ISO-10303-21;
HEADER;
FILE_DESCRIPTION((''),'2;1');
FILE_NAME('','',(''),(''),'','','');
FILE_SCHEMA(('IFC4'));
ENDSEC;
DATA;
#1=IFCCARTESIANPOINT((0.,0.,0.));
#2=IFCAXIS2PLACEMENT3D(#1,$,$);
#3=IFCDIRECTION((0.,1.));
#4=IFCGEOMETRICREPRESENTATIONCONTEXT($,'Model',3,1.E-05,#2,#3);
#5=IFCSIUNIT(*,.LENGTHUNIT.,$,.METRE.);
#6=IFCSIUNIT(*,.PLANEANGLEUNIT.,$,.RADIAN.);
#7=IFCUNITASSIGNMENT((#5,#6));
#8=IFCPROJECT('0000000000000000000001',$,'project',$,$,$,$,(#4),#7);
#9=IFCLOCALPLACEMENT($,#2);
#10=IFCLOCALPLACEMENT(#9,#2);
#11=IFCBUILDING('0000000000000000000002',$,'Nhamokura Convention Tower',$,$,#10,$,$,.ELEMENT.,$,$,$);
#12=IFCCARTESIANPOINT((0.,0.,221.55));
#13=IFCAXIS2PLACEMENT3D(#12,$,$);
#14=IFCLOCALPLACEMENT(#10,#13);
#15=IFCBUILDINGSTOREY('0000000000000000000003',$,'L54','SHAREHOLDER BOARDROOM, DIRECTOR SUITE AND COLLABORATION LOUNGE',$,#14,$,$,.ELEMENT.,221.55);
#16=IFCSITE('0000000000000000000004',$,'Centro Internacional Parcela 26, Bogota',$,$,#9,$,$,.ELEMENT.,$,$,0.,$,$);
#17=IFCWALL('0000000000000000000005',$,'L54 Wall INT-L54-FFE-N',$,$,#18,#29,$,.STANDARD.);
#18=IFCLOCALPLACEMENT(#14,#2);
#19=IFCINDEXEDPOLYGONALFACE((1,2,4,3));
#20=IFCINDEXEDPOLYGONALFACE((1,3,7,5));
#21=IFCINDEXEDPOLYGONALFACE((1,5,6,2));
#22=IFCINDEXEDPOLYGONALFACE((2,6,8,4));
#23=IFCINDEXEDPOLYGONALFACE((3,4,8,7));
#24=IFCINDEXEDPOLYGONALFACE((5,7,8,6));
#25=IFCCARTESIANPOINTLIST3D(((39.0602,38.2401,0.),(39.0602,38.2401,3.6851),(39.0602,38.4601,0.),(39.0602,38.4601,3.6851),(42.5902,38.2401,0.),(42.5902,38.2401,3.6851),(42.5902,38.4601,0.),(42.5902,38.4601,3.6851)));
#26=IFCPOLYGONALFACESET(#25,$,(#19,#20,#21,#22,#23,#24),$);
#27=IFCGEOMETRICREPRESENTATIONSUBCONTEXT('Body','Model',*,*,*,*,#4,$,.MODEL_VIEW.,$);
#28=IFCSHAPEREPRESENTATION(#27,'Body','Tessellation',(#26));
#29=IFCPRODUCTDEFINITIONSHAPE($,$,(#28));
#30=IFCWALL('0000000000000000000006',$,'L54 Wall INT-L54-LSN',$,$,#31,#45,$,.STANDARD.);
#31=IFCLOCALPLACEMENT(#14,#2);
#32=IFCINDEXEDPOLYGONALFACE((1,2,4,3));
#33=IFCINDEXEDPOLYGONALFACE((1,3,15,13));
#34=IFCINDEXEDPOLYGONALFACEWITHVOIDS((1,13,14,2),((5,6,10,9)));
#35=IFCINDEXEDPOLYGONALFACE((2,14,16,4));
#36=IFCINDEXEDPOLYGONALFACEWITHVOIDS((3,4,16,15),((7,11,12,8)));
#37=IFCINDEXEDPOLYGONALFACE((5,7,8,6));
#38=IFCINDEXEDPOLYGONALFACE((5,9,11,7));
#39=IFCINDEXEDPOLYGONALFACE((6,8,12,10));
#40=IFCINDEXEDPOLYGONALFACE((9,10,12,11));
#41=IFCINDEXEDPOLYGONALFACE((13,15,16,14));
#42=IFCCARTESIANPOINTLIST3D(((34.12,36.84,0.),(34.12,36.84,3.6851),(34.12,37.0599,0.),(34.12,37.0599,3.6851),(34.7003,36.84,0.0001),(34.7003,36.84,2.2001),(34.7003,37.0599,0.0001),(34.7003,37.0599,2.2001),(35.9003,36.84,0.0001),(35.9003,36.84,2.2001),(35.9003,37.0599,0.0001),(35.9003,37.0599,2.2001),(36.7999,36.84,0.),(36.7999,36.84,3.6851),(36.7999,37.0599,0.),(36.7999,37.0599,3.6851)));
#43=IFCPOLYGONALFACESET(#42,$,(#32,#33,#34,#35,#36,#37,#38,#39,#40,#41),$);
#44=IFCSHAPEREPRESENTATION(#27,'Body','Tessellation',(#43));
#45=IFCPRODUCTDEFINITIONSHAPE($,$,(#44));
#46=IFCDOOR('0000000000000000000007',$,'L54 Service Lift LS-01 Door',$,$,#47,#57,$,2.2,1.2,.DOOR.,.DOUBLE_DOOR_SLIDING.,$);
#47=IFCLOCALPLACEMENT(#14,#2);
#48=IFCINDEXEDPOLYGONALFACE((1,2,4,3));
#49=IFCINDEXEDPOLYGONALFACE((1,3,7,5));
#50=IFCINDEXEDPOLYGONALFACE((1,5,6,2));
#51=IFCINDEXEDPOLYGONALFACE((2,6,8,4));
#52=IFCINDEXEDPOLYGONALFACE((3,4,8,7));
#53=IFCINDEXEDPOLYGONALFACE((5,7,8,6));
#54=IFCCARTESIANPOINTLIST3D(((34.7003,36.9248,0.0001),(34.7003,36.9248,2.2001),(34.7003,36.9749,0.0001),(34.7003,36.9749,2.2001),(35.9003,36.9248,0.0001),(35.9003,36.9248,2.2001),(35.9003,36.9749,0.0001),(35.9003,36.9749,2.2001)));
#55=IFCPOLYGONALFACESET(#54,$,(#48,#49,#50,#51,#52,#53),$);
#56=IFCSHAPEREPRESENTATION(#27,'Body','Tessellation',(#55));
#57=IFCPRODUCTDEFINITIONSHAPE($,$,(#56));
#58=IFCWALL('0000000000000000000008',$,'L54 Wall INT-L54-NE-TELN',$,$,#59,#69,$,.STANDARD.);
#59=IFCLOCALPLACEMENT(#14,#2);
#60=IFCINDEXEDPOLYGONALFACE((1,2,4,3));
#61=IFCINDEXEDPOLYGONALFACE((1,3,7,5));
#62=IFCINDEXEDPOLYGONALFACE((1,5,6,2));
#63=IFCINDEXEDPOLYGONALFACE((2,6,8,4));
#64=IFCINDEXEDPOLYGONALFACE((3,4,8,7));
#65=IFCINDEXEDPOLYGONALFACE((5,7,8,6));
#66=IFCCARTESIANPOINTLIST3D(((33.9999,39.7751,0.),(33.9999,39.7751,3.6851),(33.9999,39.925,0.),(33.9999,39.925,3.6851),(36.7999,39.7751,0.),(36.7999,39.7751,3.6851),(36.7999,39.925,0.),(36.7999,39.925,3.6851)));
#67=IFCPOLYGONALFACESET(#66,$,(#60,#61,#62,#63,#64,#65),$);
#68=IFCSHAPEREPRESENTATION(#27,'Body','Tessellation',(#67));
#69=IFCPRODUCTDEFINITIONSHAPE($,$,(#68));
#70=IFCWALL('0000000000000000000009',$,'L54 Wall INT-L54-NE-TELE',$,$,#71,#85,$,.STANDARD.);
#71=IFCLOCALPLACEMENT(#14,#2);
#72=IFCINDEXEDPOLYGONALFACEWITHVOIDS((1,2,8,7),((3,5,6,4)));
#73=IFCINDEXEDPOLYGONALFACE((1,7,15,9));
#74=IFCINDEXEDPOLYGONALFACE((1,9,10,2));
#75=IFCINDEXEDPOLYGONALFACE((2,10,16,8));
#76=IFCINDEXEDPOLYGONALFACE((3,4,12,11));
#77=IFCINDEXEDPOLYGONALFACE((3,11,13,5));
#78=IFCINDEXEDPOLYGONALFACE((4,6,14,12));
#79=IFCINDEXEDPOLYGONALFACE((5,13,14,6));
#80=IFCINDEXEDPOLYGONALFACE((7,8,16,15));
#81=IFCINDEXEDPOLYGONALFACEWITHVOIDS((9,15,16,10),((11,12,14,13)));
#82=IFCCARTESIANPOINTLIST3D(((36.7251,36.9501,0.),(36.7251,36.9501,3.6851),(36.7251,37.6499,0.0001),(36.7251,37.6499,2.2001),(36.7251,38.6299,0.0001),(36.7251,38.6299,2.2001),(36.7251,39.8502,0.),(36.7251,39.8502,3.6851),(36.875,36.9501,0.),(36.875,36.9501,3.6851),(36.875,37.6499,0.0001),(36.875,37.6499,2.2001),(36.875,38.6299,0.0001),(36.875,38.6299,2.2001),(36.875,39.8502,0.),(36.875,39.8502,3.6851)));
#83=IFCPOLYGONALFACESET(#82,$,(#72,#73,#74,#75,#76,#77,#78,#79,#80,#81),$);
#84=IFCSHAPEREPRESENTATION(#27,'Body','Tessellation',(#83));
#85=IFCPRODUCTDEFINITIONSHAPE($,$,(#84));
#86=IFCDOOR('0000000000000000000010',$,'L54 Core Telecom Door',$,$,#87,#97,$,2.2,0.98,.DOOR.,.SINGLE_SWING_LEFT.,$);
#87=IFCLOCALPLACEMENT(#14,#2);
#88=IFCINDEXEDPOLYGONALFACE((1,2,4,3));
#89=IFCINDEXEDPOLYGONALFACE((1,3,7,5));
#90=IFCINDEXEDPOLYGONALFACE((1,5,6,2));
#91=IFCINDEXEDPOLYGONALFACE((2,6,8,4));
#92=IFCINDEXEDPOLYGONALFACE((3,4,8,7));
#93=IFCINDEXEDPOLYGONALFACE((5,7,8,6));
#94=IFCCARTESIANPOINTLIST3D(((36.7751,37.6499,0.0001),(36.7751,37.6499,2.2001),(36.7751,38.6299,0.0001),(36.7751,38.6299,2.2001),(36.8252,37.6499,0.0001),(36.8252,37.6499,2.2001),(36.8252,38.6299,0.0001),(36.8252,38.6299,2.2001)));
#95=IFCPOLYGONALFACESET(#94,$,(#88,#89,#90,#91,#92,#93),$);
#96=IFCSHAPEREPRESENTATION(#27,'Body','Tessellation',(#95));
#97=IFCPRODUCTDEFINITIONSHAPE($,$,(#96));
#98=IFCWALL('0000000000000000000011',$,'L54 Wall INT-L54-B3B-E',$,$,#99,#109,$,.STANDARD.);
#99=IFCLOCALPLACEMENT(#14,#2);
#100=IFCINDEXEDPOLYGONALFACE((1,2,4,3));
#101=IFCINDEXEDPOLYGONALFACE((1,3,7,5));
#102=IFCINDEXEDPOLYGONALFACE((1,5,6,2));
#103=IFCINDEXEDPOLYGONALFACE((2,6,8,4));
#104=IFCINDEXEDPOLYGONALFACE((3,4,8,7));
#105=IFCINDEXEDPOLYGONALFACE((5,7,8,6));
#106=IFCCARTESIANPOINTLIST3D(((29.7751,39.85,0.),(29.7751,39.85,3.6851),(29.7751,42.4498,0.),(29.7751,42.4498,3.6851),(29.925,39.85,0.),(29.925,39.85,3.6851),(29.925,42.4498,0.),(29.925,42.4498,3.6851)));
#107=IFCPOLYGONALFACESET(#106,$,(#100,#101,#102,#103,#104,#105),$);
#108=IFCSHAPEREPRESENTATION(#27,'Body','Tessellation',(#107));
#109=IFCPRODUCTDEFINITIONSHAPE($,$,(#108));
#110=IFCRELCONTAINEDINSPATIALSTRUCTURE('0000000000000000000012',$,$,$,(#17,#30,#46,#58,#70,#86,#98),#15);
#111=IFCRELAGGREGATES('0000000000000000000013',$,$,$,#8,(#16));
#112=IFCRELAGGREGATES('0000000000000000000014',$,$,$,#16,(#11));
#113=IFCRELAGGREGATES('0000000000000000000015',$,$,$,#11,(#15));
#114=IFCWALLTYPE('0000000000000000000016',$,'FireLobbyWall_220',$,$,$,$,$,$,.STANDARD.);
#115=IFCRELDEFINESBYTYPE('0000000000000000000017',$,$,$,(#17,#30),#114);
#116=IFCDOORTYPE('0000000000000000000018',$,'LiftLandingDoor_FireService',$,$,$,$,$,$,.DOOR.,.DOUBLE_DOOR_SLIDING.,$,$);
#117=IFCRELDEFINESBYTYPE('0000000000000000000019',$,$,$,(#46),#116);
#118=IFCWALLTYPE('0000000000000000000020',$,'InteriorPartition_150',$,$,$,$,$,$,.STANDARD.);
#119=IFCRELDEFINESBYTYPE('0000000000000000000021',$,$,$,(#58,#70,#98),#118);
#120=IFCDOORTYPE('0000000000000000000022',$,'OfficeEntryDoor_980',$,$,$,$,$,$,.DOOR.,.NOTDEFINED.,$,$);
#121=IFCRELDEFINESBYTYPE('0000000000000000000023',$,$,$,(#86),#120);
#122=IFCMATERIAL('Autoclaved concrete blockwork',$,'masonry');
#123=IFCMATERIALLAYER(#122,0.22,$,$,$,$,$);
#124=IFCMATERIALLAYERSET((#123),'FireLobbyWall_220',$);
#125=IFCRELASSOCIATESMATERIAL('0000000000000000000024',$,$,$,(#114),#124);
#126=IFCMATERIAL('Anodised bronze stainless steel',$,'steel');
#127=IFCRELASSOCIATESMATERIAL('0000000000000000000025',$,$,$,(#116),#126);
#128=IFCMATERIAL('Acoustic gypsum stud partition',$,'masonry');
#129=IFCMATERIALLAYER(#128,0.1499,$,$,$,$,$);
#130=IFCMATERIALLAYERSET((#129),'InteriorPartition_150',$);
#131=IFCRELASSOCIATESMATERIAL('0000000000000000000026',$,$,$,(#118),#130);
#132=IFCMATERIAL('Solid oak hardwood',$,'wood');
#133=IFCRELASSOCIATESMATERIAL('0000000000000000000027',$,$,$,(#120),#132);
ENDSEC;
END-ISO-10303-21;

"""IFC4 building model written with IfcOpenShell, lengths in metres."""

from ifc_helpers import new_model, si_unit, direction, frame, frame_2d, origin, place, context, subcontext, project, spatial, rectangle, extrude, material, layer, layer_set, type_object, element, fill, save


model = new_model("IFC4")

# Units and contexts
model_context = context("Model", 3, precision=1e-05, world=origin(), true_north=direction((0.0, 1.0)))
body_context = subcontext(model_context, "Body", "Model", "MODEL_VIEW")
ifc_project = project(units=[si_unit("LENGTHUNIT", "METRE"), si_unit("PLANEANGLEUNIT", "RADIAN")], contexts=[model_context])

# Site, building, storey
site_placement = place(None, origin())
site = spatial("IfcSite", under=ifc_project, at=site_placement, Name="Centro Internacional Parcela 26, Bogota", CompositionType="ELEMENT", RefElevation=0.0)
building_placement = place(site_placement, origin())
building = spatial("IfcBuilding", under=site, at=building_placement, Name="Nhamokura Convention Tower", CompositionType="ELEMENT")
storey_placement = place(building_placement, frame((0.0, 0.0, 221.55)))
storey = spatial("IfcBuildingStorey", under=building, at=storey_placement, Name="L54", Description="SHAREHOLDER BOARDROOM, DIRECTOR SUITE AND COLLABORATION LOUNGE", CompositionType="ELEMENT", Elevation=221.55)

# Wall
ifc_material_1 = material(Name="Autoclaved concrete blockwork", Category="masonry")
ifc_layer_1 = layer(ifc_material_1, 0.22)
ifc_layer_set_1 = layer_set([ifc_layer_1], Name="FireLobbyWall_220")
wall_type_1 = type_object("IfcWallType", Name="FireLobbyWall_220", PredefinedType="STANDARD", material=ifc_layer_set_1)
wall_1_placement = place(storey_placement, frame((39.0601, 38.3501, 0.0), z_axis=(0.0, 0.0, 1.0), x_axis=(1.0, 0.0, 0.0)))
element("IfcWall", 1, at=wall_1_placement, inside=storey, type_object=wall_type_1, Name="L54 Wall INT-L54-FFE-N", PredefinedType="STANDARD", context=body_context, shape_type="SweptSolid", body=[
    extrude(rectangle(XDim=3.53, YDim=0.22, at=frame_2d((1.7651, 0.0))), origin(), (0.0, 0.0, 1.0), 3.6851),
])

# Wall, opening, door
wall_2_placement = place(storey_placement, frame((34.1201, 36.95, 0.0), z_axis=(0.0, 0.0, 1.0), x_axis=(1.0, 0.0, 0.0)))
wall_2 = element("IfcWall", 2, at=wall_2_placement, inside=storey, type_object=wall_type_1, Name="L54 Wall INT-L54-LSN", PredefinedType="STANDARD", context=body_context, shape_type="SweptSolid", body=[
    extrude(rectangle(XDim=2.6799, YDim=0.22, at=frame_2d((1.3398, 0.0))), origin(), (0.0, 0.0, 1.0), 3.6851),
])
opening_1_placement = place(wall_2_placement, frame((0.5801, 0.0, 0.0)))
opening_1 = element("IfcOpeningElement", 3, at=opening_1_placement, cuts=wall_2, PredefinedType="OPENING", context=body_context, shape_type="SweptSolid", body=[
    extrude(rectangle(XDim=1.2, YDim=2.2, at=frame_2d((0.6001, 1.1001))), frame((0.0, 0.1199, 0.0), z_axis=(0.0, -1.0, 0.0), x_axis=(1.0, 0.0, 0.0)), (0.0, 0.0, 1.0), 0.24),
])
ifc_material_2 = material(Name="Anodised bronze stainless steel", Category="steel")
door_type_1 = type_object("IfcDoorType", Name="LiftLandingDoor_FireService", OperationType="DOUBLE_DOOR_SLIDING", PredefinedType="DOOR", material=ifc_material_2)
door_1_placement = place(opening_1_placement, origin())
door_1 = element("IfcDoor", 4, at=door_1_placement, inside=storey, type_object=door_type_1, Name="L54 Service Lift LS-01 Door", OperationType="DOUBLE_DOOR_SLIDING", OverallHeight=2.2, OverallWidth=1.2, PredefinedType="DOOR", context=body_context, shape_type="SweptSolid", body=[
    extrude(rectangle(XDim=1.2, YDim=2.2, at=frame_2d((0.6001, 1.1001))), frame((0.0, 0.0249, 0.0), z_axis=(0.0, -1.0, 0.0), x_axis=(1.0, 0.0, 0.0)), (0.0, 0.0, 1.0), 0.05),
])
fill(opening_1, door_1)

# Wall
ifc_material_3 = material(Name="Acoustic gypsum stud partition", Category="masonry")
ifc_layer_2 = layer(ifc_material_3, 0.1499)
ifc_layer_set_2 = layer_set([ifc_layer_2], Name="InteriorPartition_150")
wall_type_2 = type_object("IfcWallType", Name="InteriorPartition_150", PredefinedType="STANDARD", material=ifc_layer_set_2)
wall_3_placement = place(storey_placement, frame((34.0, 39.8501, 0.0), z_axis=(0.0, 0.0, 1.0), x_axis=(1.0, 0.0, 0.0)))
element("IfcWall", 5, at=wall_3_placement, inside=storey, type_object=wall_type_2, Name="L54 Wall INT-L54-NE-TELN", PredefinedType="STANDARD", context=body_context, shape_type="SweptSolid", body=[
    extrude(rectangle(XDim=2.8, YDim=0.1499, at=frame_2d((1.3999, 0.0))), origin(), (0.0, 0.0, 1.0), 3.6851),
])

# Wall, opening, door
wall_4_placement = place(storey_placement, frame((36.8, 36.95, 0.0), z_axis=(0.0, 0.0, 1.0), x_axis=(0.0, 1.0, 0.0)))
wall_4 = element("IfcWall", 6, at=wall_4_placement, inside=storey, type_object=wall_type_2, Name="L54 Wall INT-L54-NE-TELE", PredefinedType="STANDARD", context=body_context, shape_type="SweptSolid", body=[
    extrude(rectangle(XDim=2.9001, YDim=0.1499, at=frame_2d((1.4502, 0.0))), origin(), (0.0, 0.0, 1.0), 3.6851),
])
opening_2_placement = place(wall_4_placement, frame((0.7, 0.0, 0.0)))
opening_2 = element("IfcOpeningElement", 7, at=opening_2_placement, cuts=wall_4, PredefinedType="OPENING", context=body_context, shape_type="SweptSolid", body=[
    extrude(rectangle(XDim=0.98, YDim=2.2, at=frame_2d((0.49, 1.1001))), frame((0.0, 0.085, 0.0), z_axis=(0.0, -1.0, 0.0), x_axis=(1.0, 0.0, 0.0)), (0.0, 0.0, 1.0), 0.1699),
])
ifc_material_4 = material(Name="Solid oak hardwood", Category="wood")
door_type_2 = type_object("IfcDoorType", Name="OfficeEntryDoor_980", OperationType="NOTDEFINED", PredefinedType="DOOR", material=ifc_material_4)
door_2_placement = place(opening_2_placement, origin())
door_2 = element("IfcDoor", 8, at=door_2_placement, inside=storey, type_object=door_type_2, Name="L54 Core Telecom Door", OperationType="SINGLE_SWING_LEFT", OverallHeight=2.2, OverallWidth=0.98, PredefinedType="DOOR", context=body_context, shape_type="SweptSolid", body=[
    extrude(rectangle(XDim=0.98, YDim=2.2, at=frame_2d((0.49, 1.1001))), frame((0.0, 0.0249, 0.0), z_axis=(0.0, -1.0, 0.0), x_axis=(1.0, 0.0, 0.0)), (0.0, 0.0, 1.0), 0.05),
])
fill(opening_2, door_2)

# Wall
wall_5_placement = place(storey_placement, frame((29.8501, 39.8501, 0.0), z_axis=(0.0, 0.0, 1.0), x_axis=(0.0, 1.0, 0.0)))
element("IfcWall", 9, at=wall_5_placement, inside=storey, type_object=wall_type_2, Name="L54 Wall INT-L54-B3B-E", PredefinedType="STANDARD", context=body_context, shape_type="SweptSolid", body=[
    extrude(rectangle(XDim=2.5999, YDim=0.1499, at=frame_2d((1.2998, 0.0))), origin(), (0.0, 0.0, 1.0), 3.6851),
])

save(model, "model.ifc")
